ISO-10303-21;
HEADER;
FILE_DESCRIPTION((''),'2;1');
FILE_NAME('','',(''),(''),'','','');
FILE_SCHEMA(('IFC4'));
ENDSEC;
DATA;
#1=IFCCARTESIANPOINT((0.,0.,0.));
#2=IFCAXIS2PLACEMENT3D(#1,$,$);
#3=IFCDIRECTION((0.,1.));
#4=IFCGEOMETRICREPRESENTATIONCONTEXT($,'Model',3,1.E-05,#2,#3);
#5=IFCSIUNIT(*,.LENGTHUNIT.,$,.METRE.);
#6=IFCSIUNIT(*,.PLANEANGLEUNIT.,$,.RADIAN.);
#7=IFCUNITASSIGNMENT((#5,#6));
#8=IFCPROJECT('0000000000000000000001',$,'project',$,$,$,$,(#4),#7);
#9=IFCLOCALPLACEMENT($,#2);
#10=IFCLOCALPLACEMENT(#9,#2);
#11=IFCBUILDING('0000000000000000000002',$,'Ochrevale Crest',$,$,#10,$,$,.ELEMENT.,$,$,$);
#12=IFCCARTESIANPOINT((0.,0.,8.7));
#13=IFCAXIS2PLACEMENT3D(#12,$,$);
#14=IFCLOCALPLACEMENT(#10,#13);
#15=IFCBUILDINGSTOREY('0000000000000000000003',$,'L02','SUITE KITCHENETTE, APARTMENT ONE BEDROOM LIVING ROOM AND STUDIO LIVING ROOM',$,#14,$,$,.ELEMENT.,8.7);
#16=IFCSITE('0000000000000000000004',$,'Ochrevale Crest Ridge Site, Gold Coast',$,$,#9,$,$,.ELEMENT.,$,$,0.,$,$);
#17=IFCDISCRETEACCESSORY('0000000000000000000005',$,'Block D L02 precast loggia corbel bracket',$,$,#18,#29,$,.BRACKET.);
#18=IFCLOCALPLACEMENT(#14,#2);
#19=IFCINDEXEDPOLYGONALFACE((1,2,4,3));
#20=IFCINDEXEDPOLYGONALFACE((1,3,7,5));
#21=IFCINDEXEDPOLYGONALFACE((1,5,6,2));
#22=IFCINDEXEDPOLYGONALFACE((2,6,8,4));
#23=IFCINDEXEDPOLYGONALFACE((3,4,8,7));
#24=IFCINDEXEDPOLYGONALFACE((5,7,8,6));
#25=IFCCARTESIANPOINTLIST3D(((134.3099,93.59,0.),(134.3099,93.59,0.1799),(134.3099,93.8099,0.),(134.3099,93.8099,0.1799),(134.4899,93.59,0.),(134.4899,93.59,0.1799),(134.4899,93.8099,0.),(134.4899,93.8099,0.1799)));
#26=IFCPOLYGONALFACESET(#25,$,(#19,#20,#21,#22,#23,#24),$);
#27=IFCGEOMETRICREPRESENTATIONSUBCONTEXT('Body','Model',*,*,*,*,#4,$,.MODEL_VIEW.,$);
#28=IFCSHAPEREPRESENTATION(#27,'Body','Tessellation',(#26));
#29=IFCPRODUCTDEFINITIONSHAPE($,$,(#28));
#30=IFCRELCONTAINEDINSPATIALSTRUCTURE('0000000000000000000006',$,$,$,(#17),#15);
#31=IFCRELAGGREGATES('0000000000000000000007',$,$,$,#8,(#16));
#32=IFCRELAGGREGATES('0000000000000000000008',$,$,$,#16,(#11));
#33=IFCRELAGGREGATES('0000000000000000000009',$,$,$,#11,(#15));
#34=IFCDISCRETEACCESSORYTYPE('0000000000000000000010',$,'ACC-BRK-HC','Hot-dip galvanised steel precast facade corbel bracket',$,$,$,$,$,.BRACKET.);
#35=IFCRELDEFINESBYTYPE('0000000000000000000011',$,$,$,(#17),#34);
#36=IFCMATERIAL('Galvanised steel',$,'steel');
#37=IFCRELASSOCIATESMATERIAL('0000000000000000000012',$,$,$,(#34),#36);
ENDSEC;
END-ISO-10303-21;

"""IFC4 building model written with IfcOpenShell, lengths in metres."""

from ifc_helpers import new_model, si_unit, direction, frame, origin, origin_2d, place, context, subcontext, project, spatial, rectangle, extrude, material, type_object, element, save


model = new_model("IFC4")

# Units and contexts
model_context = context("Model", 3, precision=1e-05, world=origin(), true_north=direction((0.0, 1.0)))
body_context = subcontext(model_context, "Body", "Model", "MODEL_VIEW")
ifc_project = project(units=[si_unit("LENGTHUNIT", "METRE"), si_unit("PLANEANGLEUNIT", "RADIAN")], contexts=[model_context])

# Site, building, storey
site_placement = place(None, origin())
site = spatial("IfcSite", under=ifc_project, at=site_placement, Name="Ochrevale Crest Ridge Site, Gold Coast", CompositionType="ELEMENT", RefElevation=0.0)
building_placement = place(site_placement, origin())
building = spatial("IfcBuilding", under=site, at=building_placement, Name="Ochrevale Crest", CompositionType="ELEMENT")
storey_placement = place(building_placement, frame((0.0, 0.0, 8.7)))
storey = spatial("IfcBuildingStorey", under=building, at=storey_placement, Name="L02", Description="SUITE KITCHENETTE, APARTMENT ONE BEDROOM LIVING ROOM AND STUDIO LIVING ROOM", CompositionType="ELEMENT", Elevation=8.7)

# Shared definitions
ifc_material_1 = material(Name="Galvanised steel", Category="steel")

# Discrete accessory
discrete_accessory_type = type_object("IfcDiscreteAccessoryType", Name="ACC-BRK-HC", Description="Hot-dip galvanised steel precast facade corbel bracket", PredefinedType="BRACKET", material=ifc_material_1)
discrete_accessory_placement = place(storey_placement, frame((134.3999, 93.7, 0.0), z_axis=(0.0, 0.0, 1.0), x_axis=(1.0, 0.0, 0.0)))
element("IfcDiscreteAccessory", 1, at=discrete_accessory_placement, inside=storey, type_object=discrete_accessory_type, Name="Block D L02 precast loggia corbel bracket", PredefinedType="BRACKET", context=body_context, shape_type="SweptSolid", body=[
    extrude(rectangle(XDim=0.1799, YDim=0.22, at=origin_2d()), origin(), (0.0, 0.0, 1.0), 0.1799),
])

save(model, "model.ifc")
